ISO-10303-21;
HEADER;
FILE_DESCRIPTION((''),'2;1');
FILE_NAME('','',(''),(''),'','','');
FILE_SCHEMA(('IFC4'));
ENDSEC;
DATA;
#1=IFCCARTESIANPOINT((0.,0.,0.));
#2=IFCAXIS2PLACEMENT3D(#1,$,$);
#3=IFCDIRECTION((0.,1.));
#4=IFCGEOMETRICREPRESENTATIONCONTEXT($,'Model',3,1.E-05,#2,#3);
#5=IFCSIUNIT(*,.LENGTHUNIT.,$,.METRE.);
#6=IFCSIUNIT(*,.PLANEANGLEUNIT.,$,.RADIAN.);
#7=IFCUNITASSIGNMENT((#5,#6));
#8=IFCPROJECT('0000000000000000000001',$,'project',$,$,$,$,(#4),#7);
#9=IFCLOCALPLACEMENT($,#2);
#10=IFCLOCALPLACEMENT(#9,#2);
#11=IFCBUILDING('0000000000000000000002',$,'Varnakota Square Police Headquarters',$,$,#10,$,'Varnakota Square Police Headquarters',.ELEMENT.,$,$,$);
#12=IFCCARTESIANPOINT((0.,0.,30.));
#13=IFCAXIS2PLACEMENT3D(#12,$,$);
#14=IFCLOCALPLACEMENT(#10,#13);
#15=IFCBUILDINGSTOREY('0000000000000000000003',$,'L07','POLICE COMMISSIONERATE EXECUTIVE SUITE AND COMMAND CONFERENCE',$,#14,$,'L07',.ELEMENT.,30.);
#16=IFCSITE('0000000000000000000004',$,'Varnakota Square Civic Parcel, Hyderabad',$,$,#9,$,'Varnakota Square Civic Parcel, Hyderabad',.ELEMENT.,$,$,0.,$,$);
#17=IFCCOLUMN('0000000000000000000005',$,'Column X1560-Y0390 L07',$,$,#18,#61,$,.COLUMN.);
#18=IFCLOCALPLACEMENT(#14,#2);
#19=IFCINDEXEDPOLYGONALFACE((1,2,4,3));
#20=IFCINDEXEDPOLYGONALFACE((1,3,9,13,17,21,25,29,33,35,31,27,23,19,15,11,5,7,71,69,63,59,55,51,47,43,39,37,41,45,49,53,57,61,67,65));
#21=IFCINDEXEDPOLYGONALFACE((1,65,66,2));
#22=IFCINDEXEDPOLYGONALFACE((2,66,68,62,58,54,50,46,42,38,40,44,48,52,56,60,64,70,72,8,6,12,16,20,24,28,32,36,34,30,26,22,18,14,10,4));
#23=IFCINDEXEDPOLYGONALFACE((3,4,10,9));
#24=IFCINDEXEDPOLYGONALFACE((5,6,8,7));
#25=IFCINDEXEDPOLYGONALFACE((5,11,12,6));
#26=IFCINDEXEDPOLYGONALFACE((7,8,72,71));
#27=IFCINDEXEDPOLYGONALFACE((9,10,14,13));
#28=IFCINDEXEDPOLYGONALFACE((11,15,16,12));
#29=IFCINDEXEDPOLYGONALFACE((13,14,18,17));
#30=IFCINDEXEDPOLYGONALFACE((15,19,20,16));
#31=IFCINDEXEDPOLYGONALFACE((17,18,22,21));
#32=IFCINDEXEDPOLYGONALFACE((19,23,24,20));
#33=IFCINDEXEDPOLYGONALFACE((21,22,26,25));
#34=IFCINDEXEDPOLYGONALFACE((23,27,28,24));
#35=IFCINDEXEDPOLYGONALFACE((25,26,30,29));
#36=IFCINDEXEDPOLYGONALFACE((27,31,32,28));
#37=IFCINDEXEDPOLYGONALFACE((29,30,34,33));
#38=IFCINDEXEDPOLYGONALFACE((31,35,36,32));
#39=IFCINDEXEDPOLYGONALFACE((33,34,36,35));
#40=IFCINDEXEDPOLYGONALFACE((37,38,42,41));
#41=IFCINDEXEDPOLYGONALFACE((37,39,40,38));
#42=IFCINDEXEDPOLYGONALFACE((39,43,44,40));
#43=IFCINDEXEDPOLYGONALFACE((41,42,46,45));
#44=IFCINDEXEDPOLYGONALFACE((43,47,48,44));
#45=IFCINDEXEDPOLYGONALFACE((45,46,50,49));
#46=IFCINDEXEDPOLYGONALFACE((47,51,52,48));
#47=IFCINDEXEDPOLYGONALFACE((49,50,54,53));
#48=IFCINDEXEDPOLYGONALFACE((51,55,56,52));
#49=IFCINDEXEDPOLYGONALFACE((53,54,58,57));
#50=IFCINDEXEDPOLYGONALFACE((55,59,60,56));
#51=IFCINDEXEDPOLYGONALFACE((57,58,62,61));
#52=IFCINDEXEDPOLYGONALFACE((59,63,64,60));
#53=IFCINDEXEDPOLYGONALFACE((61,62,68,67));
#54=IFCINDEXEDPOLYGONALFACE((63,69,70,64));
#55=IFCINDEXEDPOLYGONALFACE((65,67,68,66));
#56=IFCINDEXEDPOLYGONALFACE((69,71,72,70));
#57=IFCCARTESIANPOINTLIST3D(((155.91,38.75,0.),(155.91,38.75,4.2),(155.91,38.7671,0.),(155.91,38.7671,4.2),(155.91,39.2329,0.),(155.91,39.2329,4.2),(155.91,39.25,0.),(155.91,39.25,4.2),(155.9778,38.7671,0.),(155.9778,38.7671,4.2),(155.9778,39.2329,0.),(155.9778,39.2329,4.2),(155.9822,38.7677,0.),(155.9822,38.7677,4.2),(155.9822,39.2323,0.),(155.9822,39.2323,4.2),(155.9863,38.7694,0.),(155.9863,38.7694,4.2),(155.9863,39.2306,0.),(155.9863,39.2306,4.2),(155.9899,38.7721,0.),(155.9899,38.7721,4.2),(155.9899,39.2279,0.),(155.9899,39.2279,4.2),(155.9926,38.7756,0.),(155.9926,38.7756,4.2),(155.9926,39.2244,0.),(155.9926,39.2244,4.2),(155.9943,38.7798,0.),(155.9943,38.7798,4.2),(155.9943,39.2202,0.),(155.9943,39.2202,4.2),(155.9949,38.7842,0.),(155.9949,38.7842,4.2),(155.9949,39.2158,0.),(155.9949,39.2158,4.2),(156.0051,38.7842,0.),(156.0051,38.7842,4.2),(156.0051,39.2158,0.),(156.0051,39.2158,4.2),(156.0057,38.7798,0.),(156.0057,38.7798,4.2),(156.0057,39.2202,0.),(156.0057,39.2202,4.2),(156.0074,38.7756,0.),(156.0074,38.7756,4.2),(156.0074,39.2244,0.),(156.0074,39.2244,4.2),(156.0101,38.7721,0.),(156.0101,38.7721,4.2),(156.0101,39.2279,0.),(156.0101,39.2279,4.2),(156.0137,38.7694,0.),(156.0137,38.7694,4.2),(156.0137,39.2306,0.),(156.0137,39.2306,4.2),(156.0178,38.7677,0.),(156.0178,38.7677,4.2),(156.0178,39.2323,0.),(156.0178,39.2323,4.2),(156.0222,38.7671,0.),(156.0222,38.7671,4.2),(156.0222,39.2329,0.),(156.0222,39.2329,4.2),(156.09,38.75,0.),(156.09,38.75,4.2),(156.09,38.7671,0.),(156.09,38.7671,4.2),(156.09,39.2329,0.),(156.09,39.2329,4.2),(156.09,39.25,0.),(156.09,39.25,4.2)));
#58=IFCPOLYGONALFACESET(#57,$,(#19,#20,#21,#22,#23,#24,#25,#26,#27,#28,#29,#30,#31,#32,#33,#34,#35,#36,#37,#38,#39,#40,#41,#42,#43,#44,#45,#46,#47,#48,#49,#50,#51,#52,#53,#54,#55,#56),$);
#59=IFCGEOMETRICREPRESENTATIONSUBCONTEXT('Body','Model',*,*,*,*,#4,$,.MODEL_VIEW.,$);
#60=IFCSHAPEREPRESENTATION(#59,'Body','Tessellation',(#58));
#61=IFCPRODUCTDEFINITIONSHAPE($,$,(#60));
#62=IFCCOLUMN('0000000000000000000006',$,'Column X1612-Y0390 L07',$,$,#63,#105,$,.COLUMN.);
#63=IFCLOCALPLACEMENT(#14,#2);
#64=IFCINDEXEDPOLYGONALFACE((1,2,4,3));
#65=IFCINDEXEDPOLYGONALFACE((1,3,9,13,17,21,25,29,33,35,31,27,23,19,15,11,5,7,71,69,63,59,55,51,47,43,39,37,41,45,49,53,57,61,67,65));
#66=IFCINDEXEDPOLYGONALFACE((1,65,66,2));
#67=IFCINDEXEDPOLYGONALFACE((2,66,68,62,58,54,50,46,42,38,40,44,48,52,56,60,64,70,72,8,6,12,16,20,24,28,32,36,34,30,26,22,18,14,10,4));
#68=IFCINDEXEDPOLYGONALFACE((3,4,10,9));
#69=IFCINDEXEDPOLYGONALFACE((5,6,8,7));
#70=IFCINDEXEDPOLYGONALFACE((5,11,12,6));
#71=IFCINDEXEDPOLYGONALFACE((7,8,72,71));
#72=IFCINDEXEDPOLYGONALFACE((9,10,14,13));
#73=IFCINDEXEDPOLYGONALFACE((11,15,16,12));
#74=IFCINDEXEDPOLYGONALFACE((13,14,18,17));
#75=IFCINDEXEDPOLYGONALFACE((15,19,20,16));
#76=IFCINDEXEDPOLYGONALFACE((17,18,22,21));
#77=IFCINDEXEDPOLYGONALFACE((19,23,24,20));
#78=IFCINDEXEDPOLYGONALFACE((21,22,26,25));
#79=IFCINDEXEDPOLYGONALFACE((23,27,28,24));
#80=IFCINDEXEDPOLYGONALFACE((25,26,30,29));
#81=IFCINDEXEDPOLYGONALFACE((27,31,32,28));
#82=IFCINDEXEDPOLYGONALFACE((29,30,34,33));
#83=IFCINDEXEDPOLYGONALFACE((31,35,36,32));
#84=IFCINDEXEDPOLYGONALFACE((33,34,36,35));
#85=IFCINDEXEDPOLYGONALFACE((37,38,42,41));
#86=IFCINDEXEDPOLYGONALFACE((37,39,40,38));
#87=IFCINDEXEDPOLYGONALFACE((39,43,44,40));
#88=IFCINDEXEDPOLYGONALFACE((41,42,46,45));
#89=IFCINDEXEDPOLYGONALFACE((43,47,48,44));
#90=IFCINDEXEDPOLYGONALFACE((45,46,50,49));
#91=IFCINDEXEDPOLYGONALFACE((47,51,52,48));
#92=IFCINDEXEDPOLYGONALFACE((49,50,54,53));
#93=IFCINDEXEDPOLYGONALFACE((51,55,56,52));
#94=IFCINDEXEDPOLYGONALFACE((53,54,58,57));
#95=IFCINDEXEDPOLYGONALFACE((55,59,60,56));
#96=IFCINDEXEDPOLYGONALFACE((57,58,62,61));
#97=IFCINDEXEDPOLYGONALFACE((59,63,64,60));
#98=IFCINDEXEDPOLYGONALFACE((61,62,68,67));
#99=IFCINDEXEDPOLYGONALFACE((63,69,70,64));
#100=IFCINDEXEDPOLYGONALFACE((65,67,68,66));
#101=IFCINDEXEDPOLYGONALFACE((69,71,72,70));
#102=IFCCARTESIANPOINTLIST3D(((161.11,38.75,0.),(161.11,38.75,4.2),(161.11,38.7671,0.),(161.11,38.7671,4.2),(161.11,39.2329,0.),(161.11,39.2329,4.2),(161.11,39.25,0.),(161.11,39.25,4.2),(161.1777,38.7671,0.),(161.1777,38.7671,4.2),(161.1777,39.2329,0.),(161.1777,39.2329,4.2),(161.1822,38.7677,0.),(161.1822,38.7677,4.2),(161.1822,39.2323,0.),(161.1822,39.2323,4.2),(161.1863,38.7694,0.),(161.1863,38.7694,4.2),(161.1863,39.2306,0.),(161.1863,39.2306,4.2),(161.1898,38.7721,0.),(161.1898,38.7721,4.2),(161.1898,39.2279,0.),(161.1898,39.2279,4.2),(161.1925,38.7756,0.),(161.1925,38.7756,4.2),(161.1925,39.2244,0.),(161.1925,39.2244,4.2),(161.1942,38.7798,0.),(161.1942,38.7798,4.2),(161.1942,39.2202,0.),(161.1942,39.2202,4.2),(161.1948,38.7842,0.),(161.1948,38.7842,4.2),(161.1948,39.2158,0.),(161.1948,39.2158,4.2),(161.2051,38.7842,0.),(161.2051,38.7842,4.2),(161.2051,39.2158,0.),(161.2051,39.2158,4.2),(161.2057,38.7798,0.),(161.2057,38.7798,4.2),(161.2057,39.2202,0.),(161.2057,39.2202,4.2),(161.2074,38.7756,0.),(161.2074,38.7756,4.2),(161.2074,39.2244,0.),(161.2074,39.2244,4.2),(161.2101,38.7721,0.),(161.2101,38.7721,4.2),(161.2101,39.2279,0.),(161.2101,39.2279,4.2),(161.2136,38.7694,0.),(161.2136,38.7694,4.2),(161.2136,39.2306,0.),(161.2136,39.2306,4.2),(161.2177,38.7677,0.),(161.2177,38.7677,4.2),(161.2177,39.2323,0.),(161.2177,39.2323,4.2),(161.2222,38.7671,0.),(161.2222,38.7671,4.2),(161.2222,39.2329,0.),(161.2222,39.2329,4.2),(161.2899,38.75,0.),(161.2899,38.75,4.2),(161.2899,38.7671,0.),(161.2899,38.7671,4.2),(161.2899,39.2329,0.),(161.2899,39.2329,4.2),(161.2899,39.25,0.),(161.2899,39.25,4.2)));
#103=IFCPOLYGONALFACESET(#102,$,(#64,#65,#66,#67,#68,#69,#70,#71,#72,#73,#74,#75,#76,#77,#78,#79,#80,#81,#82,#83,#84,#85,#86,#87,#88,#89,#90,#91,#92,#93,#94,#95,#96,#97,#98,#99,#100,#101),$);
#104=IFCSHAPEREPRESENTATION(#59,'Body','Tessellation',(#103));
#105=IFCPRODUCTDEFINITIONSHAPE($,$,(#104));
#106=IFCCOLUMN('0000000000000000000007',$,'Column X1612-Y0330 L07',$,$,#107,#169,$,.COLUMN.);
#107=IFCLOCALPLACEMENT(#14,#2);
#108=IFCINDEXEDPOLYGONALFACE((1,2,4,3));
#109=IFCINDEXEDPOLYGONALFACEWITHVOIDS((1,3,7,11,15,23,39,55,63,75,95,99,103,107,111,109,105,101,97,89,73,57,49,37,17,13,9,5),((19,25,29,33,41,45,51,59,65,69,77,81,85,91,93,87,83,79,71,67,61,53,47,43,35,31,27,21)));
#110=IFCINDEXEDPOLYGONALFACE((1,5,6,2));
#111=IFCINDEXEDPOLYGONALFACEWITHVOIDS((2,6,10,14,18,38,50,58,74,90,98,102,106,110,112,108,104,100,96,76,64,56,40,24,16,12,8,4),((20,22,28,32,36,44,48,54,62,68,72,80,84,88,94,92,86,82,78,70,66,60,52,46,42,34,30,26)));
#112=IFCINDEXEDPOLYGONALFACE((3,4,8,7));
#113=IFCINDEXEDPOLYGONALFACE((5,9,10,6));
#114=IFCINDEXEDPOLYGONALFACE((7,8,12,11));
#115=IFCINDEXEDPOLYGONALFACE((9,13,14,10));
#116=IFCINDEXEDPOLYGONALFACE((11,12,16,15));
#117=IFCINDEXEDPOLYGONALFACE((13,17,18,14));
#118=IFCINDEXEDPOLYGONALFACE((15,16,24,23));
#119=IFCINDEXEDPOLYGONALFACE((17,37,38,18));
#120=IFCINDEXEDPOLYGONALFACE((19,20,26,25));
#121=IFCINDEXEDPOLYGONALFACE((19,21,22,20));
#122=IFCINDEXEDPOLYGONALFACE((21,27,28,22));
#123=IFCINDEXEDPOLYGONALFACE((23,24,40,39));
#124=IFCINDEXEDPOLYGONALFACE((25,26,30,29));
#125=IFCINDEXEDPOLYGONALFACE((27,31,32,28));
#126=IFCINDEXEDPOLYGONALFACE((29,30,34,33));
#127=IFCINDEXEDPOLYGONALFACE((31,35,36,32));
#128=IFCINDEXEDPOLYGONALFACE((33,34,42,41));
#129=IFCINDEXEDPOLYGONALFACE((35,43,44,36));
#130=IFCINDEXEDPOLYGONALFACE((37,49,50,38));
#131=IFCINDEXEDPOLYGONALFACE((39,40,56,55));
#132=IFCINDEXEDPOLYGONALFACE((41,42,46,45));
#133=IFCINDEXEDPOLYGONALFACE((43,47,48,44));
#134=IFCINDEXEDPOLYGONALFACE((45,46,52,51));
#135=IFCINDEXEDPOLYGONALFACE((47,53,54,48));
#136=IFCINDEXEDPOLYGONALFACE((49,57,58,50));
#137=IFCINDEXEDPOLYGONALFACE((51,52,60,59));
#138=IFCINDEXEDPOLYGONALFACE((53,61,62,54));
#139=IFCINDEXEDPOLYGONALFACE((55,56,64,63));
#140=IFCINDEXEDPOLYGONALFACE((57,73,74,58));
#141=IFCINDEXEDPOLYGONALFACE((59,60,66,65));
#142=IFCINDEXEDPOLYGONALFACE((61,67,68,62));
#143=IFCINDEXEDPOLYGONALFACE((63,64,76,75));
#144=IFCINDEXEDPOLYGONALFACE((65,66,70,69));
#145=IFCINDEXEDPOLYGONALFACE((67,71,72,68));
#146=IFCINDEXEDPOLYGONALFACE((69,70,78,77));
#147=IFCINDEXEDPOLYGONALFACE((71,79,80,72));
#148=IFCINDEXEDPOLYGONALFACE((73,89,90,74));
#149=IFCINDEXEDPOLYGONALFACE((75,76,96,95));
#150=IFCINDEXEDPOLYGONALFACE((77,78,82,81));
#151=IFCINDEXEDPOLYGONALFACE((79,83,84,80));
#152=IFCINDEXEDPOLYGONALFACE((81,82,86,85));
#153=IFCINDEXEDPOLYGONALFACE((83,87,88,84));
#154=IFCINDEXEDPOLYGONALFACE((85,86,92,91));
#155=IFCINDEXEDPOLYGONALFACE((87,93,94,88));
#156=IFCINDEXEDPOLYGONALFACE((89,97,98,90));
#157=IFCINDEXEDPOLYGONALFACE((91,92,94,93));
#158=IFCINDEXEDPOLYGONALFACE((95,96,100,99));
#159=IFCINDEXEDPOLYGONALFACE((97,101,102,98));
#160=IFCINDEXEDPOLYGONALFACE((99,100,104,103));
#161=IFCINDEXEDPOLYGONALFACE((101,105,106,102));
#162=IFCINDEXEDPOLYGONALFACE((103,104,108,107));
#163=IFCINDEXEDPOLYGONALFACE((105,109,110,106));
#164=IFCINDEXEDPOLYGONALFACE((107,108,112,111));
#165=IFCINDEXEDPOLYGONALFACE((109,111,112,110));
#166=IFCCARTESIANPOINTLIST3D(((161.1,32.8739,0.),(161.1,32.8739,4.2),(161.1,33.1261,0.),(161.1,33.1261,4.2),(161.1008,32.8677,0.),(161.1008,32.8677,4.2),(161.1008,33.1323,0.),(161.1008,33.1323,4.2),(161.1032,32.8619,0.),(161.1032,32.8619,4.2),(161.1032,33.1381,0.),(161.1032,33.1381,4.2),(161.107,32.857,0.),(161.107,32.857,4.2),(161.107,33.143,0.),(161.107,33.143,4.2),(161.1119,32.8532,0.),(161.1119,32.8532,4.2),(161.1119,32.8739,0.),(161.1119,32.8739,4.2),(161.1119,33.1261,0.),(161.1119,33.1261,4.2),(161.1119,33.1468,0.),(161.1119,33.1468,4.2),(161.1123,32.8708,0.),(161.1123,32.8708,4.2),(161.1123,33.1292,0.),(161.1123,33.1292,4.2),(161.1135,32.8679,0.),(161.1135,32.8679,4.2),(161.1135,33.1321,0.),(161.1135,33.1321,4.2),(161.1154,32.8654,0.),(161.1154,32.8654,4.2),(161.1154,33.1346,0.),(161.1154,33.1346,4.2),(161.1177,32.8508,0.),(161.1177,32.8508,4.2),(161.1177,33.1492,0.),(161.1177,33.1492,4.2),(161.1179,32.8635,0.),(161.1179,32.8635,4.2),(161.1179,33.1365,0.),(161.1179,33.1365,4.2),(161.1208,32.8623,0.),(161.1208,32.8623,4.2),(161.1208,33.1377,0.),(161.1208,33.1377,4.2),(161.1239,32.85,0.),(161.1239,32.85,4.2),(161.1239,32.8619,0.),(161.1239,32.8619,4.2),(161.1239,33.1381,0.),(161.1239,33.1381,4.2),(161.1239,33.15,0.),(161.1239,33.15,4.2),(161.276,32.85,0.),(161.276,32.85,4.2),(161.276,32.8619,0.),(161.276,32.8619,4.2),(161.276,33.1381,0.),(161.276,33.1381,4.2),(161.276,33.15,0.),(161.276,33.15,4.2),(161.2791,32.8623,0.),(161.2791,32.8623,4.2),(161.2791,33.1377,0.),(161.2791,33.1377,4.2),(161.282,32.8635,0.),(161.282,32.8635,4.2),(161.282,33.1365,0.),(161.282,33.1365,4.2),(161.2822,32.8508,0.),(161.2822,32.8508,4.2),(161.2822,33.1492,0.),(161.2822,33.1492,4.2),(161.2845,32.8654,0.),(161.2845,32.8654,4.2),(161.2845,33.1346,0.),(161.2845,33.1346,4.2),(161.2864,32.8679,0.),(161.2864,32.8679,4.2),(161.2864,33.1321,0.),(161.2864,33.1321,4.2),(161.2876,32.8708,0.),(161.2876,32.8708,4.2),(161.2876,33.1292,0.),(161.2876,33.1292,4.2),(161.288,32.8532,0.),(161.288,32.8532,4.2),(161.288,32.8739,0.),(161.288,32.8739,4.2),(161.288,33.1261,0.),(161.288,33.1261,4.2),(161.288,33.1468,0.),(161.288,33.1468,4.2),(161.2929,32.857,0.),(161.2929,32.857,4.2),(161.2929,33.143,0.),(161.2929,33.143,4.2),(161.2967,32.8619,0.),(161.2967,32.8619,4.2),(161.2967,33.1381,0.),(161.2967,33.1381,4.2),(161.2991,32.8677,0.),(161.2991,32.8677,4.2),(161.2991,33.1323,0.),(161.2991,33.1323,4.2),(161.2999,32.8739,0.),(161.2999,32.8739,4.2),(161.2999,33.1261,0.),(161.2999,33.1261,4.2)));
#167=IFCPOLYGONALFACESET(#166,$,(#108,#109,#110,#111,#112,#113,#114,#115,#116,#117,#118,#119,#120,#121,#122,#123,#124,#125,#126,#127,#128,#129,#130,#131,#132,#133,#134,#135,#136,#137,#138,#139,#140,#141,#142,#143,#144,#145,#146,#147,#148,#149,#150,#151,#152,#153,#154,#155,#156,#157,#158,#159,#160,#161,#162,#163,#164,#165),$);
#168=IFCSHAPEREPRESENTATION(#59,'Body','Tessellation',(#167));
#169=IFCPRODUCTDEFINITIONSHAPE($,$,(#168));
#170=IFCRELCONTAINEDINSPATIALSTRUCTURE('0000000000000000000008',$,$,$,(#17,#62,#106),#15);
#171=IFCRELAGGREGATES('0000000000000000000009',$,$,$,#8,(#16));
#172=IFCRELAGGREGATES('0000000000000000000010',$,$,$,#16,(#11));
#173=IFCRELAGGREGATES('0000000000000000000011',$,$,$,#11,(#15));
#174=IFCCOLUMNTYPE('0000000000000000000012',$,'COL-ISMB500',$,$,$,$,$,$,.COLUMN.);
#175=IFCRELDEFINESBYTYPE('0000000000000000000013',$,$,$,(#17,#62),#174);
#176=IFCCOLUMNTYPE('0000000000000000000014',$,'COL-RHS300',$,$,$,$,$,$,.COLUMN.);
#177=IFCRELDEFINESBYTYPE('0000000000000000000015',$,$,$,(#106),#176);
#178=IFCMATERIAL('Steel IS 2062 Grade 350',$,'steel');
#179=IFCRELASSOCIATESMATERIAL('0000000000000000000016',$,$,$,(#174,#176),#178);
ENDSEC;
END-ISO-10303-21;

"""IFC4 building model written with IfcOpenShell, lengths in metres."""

from ifc_helpers import new_model, si_unit, direction, frame, origin, origin_2d, place, context, subcontext, project, spatial, hollow_rectangle, i_section, extrude, material, material_profile, profile_set, type_object, element, save


model = new_model("IFC4")

# Units and contexts
model_context = context("Model", 3, precision=1e-05, world=origin(), true_north=direction((0.0, 1.0)))
body_context = subcontext(model_context, "Body", "Model", "MODEL_VIEW")
ifc_project = project(units=[si_unit("LENGTHUNIT", "METRE"), si_unit("PLANEANGLEUNIT", "RADIAN")], contexts=[model_context])

# Site, building, storey
site_placement = place(None, origin())
site = spatial("IfcSite", under=ifc_project, at=site_placement, Name="Varnakota Square Civic Parcel, Hyderabad", LongName="Varnakota Square Civic Parcel, Hyderabad", CompositionType="ELEMENT", RefElevation=0.0)
building_placement = place(site_placement, origin())
building = spatial("IfcBuilding", under=site, at=building_placement, Name="Varnakota Square Police Headquarters", LongName="Varnakota Square Police Headquarters", CompositionType="ELEMENT")
storey_placement = place(building_placement, frame((0.0, 0.0, 30.0)))
storey = spatial("IfcBuildingStorey", under=building, at=storey_placement, Name="L07", Description="POLICE COMMISSIONERATE EXECUTIVE SUITE AND COMMAND CONFERENCE", LongName="L07", CompositionType="ELEMENT", Elevation=30.0)

# Columns
ifc_material_1 = material(Name="Steel IS 2062 Grade 350", Category="steel")
ifc_material_profile_1 = material_profile(ifc_material_1, i_section(OverallWidth=0.1799, OverallDepth=0.5, WebThickness=0.0103, FlangeThickness=0.0171, FilletRadius=0.0171, at=origin_2d()), Name="ISMB 500")
ifc_profile_set_1 = profile_set([ifc_material_profile_1], Name="Steel IS 2062 Grade 350")
column_type_1 = type_object("IfcColumnType", Name="COL-ISMB500", PredefinedType="COLUMN", material=ifc_profile_set_1)
for number, where, z_axis, x_axis, name in (
    (1, (156.0, 39.0, 0.0), (0.0, 0.0, 1.0), (1.0, 0.0, 0.0), "Column X1560-Y0390 L07"),
    (2, (161.2, 39.0, 0.0), (0.0, 0.0, 1.0), (1.0, 0.0, 0.0), "Column X1612-Y0390 L07"),
):
    element("IfcColumn", number, at=place(storey_placement, frame(where, z_axis=z_axis, x_axis=x_axis)), inside=storey, type_object=column_type_1, Name=name, PredefinedType="COLUMN", context=body_context, shape_type="SweptSolid", body=[
        extrude(i_section(OverallWidth=0.1799, OverallDepth=0.5, WebThickness=0.0103, FlangeThickness=0.0171, FilletRadius=0.0171, at=origin_2d()), origin(), (0.0, 0.0, 1.0), 4.2),
    ])
ifc_material_profile_2 = material_profile(ifc_material_1, hollow_rectangle(XDim=0.2, YDim=0.3, WallThickness=0.012, InnerFilletRadius=0.012, OuterFilletRadius=0.0239, at=origin_2d()), Name="RHS 300x200x12")
ifc_profile_set_2 = profile_set([ifc_material_profile_2], Name="Steel IS 2062 Grade 350")
column_type_2 = type_object("IfcColumnType", Name="COL-RHS300", PredefinedType="COLUMN", material=ifc_profile_set_2)
column_placement = place(storey_placement, frame((161.2, 33.0, 0.0), z_axis=(0.0, 0.0, 1.0), x_axis=(1.0, 0.0, 0.0)))
element("IfcColumn", 3, at=column_placement, inside=storey, type_object=column_type_2, Name="Column X1612-Y0330 L07", PredefinedType="COLUMN", context=body_context, shape_type="SweptSolid", body=[
    extrude(hollow_rectangle(XDim=0.2, YDim=0.3, WallThickness=0.012, InnerFilletRadius=0.012, OuterFilletRadius=0.0239, at=origin_2d()), origin(), (0.0, 0.0, 1.0), 4.2),
])

save(model, "model.ifc")
